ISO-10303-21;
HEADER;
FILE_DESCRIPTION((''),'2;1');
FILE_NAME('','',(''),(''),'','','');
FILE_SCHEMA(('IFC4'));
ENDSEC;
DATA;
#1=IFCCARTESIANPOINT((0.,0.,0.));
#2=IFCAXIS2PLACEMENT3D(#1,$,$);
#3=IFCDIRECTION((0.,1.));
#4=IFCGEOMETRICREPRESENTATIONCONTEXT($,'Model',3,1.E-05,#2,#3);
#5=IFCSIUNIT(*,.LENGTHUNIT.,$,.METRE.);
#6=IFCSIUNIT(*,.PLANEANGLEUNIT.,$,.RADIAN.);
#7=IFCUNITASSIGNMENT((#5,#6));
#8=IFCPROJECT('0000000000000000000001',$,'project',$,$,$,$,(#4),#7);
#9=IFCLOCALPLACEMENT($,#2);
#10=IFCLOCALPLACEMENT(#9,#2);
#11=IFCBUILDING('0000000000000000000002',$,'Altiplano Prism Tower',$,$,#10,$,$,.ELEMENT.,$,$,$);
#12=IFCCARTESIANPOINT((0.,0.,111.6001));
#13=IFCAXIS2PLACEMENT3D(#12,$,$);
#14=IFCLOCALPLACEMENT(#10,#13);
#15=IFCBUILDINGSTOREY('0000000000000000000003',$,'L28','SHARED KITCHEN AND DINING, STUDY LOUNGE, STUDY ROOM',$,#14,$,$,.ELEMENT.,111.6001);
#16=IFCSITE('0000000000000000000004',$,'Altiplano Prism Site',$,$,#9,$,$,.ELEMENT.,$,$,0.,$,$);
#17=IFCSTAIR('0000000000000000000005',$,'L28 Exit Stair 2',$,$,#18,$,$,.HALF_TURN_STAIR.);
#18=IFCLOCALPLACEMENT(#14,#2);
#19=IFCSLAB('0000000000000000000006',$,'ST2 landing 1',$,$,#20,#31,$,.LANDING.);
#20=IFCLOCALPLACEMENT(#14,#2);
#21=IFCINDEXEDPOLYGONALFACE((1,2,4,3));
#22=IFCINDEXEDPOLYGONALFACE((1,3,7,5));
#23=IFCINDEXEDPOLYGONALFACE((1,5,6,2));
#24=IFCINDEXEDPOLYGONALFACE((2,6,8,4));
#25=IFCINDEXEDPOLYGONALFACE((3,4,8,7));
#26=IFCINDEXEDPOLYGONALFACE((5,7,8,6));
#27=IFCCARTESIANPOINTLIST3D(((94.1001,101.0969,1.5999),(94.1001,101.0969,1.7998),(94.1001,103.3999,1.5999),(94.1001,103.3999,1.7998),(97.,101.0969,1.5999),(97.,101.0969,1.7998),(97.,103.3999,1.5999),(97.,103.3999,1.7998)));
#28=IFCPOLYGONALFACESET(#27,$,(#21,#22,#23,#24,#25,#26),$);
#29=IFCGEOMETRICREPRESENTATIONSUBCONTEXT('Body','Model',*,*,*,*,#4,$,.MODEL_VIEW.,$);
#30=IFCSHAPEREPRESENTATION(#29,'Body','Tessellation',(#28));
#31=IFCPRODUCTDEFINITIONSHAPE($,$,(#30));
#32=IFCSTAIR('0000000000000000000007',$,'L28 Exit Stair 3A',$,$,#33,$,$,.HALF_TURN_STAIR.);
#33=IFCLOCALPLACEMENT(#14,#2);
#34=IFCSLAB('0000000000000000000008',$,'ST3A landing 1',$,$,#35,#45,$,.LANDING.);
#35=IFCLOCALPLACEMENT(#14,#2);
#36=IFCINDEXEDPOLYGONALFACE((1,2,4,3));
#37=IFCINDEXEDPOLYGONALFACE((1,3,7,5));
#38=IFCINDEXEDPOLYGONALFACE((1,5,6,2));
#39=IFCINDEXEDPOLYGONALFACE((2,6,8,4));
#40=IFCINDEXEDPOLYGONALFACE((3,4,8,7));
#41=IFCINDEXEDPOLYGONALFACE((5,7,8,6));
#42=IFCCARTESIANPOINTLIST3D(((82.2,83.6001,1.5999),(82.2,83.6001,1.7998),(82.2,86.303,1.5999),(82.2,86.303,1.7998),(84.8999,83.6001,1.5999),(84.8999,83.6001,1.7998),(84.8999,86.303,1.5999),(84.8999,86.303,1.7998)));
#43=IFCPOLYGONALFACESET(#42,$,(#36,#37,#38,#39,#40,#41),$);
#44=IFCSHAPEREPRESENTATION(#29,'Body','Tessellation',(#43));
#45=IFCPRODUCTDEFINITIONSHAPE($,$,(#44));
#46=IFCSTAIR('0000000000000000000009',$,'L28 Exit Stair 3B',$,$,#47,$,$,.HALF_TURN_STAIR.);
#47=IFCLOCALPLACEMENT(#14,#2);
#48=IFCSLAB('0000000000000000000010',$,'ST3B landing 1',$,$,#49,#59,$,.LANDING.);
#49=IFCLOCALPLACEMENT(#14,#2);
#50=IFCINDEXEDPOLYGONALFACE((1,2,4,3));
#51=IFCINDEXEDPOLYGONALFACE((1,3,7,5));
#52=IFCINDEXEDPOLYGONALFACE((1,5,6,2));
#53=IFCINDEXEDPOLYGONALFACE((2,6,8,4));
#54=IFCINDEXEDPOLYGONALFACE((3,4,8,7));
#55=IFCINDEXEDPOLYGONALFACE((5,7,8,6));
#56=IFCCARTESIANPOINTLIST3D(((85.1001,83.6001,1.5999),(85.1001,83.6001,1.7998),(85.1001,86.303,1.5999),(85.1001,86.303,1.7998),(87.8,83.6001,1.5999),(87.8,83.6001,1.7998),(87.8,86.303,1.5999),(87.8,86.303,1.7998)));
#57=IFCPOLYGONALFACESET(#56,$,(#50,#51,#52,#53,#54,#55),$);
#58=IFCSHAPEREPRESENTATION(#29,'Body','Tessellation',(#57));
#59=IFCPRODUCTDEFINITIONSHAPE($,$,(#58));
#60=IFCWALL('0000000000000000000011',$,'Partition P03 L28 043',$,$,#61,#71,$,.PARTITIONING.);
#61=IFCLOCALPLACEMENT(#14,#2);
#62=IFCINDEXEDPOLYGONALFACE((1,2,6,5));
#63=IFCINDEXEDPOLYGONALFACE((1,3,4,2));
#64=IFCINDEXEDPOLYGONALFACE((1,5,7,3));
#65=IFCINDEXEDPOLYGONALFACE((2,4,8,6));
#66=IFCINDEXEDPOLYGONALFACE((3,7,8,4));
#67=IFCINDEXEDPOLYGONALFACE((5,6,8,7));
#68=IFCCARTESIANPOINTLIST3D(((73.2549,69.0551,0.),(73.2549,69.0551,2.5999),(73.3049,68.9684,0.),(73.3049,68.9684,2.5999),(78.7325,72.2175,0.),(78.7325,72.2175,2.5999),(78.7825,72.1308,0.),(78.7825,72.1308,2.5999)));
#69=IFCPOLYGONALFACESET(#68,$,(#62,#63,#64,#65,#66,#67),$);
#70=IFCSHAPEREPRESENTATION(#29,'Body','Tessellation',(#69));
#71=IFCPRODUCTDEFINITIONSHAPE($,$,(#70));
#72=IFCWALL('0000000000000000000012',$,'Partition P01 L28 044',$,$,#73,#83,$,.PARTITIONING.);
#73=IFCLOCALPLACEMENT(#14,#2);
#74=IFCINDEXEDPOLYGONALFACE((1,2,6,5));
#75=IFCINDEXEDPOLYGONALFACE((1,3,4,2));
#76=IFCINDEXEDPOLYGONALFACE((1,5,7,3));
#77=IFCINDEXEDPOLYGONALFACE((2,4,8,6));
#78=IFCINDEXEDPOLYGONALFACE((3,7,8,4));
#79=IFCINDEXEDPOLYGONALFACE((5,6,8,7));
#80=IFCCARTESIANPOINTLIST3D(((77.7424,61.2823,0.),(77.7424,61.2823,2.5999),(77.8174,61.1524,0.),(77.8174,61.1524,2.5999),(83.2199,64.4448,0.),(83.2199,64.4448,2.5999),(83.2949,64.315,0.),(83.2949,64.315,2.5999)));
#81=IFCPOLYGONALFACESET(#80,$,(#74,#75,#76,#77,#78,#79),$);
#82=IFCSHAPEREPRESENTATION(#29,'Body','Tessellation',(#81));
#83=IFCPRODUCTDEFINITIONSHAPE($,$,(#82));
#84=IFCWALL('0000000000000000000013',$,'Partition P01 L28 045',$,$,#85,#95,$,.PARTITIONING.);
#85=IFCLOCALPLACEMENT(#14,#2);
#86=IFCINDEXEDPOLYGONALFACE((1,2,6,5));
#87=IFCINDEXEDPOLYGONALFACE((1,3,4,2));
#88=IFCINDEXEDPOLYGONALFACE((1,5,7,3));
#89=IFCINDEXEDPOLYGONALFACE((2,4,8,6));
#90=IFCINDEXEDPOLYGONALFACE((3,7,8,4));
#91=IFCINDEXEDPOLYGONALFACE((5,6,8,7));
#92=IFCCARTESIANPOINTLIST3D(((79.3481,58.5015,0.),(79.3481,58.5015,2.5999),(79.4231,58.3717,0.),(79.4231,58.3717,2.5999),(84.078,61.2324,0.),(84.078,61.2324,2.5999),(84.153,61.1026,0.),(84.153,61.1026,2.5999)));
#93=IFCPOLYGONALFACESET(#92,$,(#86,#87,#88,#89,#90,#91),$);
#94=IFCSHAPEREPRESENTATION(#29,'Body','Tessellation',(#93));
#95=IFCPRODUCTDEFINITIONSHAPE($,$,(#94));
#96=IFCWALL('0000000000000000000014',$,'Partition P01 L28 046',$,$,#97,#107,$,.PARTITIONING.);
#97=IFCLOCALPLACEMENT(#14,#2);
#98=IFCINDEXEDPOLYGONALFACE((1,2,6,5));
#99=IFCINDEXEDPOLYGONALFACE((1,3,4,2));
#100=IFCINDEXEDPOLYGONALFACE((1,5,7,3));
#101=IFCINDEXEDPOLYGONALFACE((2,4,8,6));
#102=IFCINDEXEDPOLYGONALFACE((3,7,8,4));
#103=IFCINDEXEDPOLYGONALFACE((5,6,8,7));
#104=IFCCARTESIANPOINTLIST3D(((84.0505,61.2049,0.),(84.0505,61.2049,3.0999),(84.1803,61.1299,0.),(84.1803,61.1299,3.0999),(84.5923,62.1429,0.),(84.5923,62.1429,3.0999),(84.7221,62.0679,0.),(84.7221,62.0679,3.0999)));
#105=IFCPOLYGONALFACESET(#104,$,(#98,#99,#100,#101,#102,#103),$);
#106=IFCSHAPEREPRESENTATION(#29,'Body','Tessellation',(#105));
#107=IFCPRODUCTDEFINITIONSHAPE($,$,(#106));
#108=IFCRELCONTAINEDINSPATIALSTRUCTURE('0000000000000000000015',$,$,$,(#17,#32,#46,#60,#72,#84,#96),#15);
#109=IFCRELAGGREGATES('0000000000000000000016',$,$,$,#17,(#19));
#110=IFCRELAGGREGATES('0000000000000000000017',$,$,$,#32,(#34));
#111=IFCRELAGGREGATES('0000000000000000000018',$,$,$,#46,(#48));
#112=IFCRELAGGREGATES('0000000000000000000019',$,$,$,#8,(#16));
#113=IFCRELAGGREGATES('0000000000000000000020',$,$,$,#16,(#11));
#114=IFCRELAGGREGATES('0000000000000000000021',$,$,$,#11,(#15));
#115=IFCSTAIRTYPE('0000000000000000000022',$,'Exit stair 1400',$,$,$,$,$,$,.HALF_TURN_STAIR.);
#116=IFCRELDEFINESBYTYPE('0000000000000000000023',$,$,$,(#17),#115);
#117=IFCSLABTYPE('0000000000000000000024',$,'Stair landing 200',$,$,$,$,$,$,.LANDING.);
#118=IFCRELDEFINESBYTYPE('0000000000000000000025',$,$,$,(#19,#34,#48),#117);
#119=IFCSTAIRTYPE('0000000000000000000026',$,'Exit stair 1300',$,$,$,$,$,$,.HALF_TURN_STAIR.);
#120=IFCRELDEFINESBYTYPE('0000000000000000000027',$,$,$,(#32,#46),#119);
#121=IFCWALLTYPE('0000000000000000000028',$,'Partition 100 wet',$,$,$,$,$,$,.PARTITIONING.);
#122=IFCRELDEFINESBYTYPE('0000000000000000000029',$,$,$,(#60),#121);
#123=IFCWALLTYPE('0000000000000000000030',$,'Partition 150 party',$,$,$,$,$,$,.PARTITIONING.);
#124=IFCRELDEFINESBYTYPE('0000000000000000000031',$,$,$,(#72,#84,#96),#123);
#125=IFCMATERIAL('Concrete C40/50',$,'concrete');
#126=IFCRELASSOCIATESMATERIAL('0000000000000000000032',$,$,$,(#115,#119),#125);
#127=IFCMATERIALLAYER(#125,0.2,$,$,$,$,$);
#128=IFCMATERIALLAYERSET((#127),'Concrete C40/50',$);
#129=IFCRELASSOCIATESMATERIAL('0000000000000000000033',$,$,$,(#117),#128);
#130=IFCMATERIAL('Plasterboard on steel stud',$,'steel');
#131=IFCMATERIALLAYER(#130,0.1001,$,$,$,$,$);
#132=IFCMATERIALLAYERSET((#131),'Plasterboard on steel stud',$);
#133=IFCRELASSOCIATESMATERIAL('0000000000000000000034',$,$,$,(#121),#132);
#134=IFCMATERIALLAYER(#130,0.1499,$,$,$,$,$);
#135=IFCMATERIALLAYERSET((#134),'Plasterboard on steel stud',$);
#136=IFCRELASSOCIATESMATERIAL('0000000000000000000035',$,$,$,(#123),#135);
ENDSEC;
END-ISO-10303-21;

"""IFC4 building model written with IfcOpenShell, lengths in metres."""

from ifc_helpers import new_model, si_unit, direction, frame, frame_2d, origin, place, context, subcontext, project, spatial, polyline, rectangle, outline, extrude, material, layer, layer_set, type_object, element, aggregate, save


model = new_model("IFC4")

# Units and contexts
model_context = context("Model", 3, precision=1e-05, world=origin(), true_north=direction((0.0, 1.0)))
body_context = subcontext(model_context, "Body", "Model", "MODEL_VIEW")
ifc_project = project(units=[si_unit("LENGTHUNIT", "METRE"), si_unit("PLANEANGLEUNIT", "RADIAN")], contexts=[model_context])

# Site, building, storey
site_placement = place(None, origin())
site = spatial("IfcSite", under=ifc_project, at=site_placement, Name="Altiplano Prism Site", CompositionType="ELEMENT", RefElevation=0.0)
building_placement = place(site_placement, origin())
building = spatial("IfcBuilding", under=site, at=building_placement, Name="Altiplano Prism Tower", CompositionType="ELEMENT")
storey_placement = place(building_placement, frame((0.0, 0.0, 111.6001)))
storey = spatial("IfcBuildingStorey", under=building, at=storey_placement, Name="L28", Description="SHARED KITCHEN AND DINING, STUDY LOUNGE, STUDY ROOM", CompositionType="ELEMENT", Elevation=111.6001)

# Shared definitions
ifc_material_1 = material(Name="Concrete C40/50", Category="concrete")

# Stairs, slabs
stair_type_1 = type_object("IfcStairType", Name="Exit stair 1400", PredefinedType="HALF_TURN_STAIR", material=ifc_material_1)
ifc_layer_1 = layer(ifc_material_1, 0.2)
ifc_layer_set_1 = layer_set([ifc_layer_1], Name="Concrete C40/50")
slab_type_1 = type_object("IfcSlabType", Name="Stair landing 200", PredefinedType="LANDING", material=ifc_layer_set_1)
stair_1_placement = place(storey_placement, origin())
stair_1 = element("IfcStair", 1, at=stair_1_placement, inside=storey, type_object=stair_type_1, Name="L28 Exit Stair 2", PredefinedType="HALF_TURN_STAIR")
slab_1_placement = place(storey_placement, frame((0.0, 0.0, 1.5999)))
slab_1 = element("IfcSlab", 2, at=slab_1_placement, type_object=slab_type_1, Name="ST2 landing 1", PredefinedType="LANDING", context=body_context, shape_type="SweptSolid", body=[
    extrude(outline(polyline([(97.0, 101.0969), (97.0, 103.3999), (94.1001, 103.3999), (94.1001, 101.0969), (97.0, 101.0969)])), origin(), (0.0, 0.0, 1.0), 0.2),
])
aggregate(stair_1, [slab_1])
stair_type_2 = type_object("IfcStairType", Name="Exit stair 1300", PredefinedType="HALF_TURN_STAIR", material=ifc_material_1)
stair_2_placement = place(storey_placement, origin())
stair_2 = element("IfcStair", 3, at=stair_2_placement, inside=storey, type_object=stair_type_2, Name="L28 Exit Stair 3A", PredefinedType="HALF_TURN_STAIR")
slab_2_placement = place(storey_placement, frame((0.0, 0.0, 1.5999)))
slab_2 = element("IfcSlab", 4, at=slab_2_placement, type_object=slab_type_1, Name="ST3A landing 1", PredefinedType="LANDING", context=body_context, shape_type="SweptSolid", body=[
    extrude(outline(polyline([(82.2, 86.303), (82.2, 83.6001), (84.8999, 83.6001), (84.8999, 86.303), (82.2, 86.303)])), origin(), (0.0, 0.0, 1.0), 0.2),
])
aggregate(stair_2, [slab_2])
stair_3_placement = place(storey_placement, origin())
stair_3 = element("IfcStair", 5, at=stair_3_placement, inside=storey, type_object=stair_type_2, Name="L28 Exit Stair 3B", PredefinedType="HALF_TURN_STAIR")
slab_3_placement = place(storey_placement, frame((0.0, 0.0, 1.5999)))
slab_3 = element("IfcSlab", 6, at=slab_3_placement, type_object=slab_type_1, Name="ST3B landing 1", PredefinedType="LANDING", context=body_context, shape_type="SweptSolid", body=[
    extrude(outline(polyline([(85.1001, 86.303), (85.1001, 83.6001), (87.8, 83.6001), (87.8, 86.303), (85.1001, 86.303)])), origin(), (0.0, 0.0, 1.0), 0.2),
])
aggregate(stair_3, [slab_3])

# Walls
ifc_material_2 = material(Name="Plasterboard on steel stud", Category="steel")
ifc_layer_2 = layer(ifc_material_2, 0.1001)
ifc_layer_set_2 = layer_set([ifc_layer_2], Name="Plasterboard on steel stud")
wall_type_1 = type_object("IfcWallType", Name="Partition 100 wet", PredefinedType="PARTITIONING", material=ifc_layer_set_2)
wall_1_placement = place(storey_placement, frame((73.2798, 69.0117, 0.0), z_axis=(0.0, 0.0, 1.0), x_axis=(0.866033, 0.499988, 0.0)))
element("IfcWall", 7, at=wall_1_placement, inside=storey, type_object=wall_type_1, Name="Partition P03 L28 043", PredefinedType="PARTITIONING", context=body_context, shape_type="SweptSolid", body=[
    extrude(rectangle(XDim=6.325, YDim=0.1001, at=frame_2d((3.1626, 0.0))), origin(), (0.0, 0.0, 1.0), 2.5999),
])
ifc_layer_3 = layer(ifc_material_2, 0.1499)
ifc_layer_set_3 = layer_set([ifc_layer_3], Name="Plasterboard on steel stud")
wall_type_2 = type_object("IfcWallType", Name="Partition 150 party", PredefinedType="PARTITIONING", material=ifc_layer_set_3)
wall_2_placement = place(storey_placement, frame((77.7798, 61.2173, 0.0), z_axis=(0.0, 0.0, 1.0), x_axis=(0.866016, 0.500016, 0.0)))
element("IfcWall", 8, at=wall_2_placement, inside=storey, type_object=wall_type_2, Name="Partition P01 L28 044", PredefinedType="PARTITIONING", context=body_context, shape_type="SweptSolid", body=[
    extrude(rectangle(XDim=6.325, YDim=0.1499, at=frame_2d((3.1626, 0.0))), origin(), (0.0, 0.0, 1.0), 2.5999),
])
wall_3_placement = place(storey_placement, frame((79.3855, 58.4365, 0.0), z_axis=(0.0, 0.0, 1.0), x_axis=(0.866017, 0.500014, 0.0)))
element("IfcWall", 9, at=wall_3_placement, inside=storey, type_object=wall_type_2, Name="Partition P01 L28 045", PredefinedType="PARTITIONING", context=body_context, shape_type="SweptSolid", body=[
    extrude(rectangle(XDim=5.4617, YDim=0.1499, at=frame_2d((2.731, 0.0))), origin(), (0.0, 0.0, 1.0), 2.5999),
])
wall_4_placement = place(storey_placement, frame((84.1155, 61.1675, 0.0), z_axis=(0.0, 0.0, 1.0), x_axis=(0.500139, 0.865945, 0.0)))
element("IfcWall", 10, at=wall_4_placement, inside=storey, type_object=wall_type_2, Name="Partition P01 L28 046", PredefinedType="PARTITIONING", context=body_context, shape_type="SweptSolid", body=[
    extrude(rectangle(XDim=1.0833, YDim=0.1499, at=frame_2d((0.5415, 0.0))), origin(), (0.0, 0.0, 1.0), 3.0999),
])

save(model, "model.ifc")
